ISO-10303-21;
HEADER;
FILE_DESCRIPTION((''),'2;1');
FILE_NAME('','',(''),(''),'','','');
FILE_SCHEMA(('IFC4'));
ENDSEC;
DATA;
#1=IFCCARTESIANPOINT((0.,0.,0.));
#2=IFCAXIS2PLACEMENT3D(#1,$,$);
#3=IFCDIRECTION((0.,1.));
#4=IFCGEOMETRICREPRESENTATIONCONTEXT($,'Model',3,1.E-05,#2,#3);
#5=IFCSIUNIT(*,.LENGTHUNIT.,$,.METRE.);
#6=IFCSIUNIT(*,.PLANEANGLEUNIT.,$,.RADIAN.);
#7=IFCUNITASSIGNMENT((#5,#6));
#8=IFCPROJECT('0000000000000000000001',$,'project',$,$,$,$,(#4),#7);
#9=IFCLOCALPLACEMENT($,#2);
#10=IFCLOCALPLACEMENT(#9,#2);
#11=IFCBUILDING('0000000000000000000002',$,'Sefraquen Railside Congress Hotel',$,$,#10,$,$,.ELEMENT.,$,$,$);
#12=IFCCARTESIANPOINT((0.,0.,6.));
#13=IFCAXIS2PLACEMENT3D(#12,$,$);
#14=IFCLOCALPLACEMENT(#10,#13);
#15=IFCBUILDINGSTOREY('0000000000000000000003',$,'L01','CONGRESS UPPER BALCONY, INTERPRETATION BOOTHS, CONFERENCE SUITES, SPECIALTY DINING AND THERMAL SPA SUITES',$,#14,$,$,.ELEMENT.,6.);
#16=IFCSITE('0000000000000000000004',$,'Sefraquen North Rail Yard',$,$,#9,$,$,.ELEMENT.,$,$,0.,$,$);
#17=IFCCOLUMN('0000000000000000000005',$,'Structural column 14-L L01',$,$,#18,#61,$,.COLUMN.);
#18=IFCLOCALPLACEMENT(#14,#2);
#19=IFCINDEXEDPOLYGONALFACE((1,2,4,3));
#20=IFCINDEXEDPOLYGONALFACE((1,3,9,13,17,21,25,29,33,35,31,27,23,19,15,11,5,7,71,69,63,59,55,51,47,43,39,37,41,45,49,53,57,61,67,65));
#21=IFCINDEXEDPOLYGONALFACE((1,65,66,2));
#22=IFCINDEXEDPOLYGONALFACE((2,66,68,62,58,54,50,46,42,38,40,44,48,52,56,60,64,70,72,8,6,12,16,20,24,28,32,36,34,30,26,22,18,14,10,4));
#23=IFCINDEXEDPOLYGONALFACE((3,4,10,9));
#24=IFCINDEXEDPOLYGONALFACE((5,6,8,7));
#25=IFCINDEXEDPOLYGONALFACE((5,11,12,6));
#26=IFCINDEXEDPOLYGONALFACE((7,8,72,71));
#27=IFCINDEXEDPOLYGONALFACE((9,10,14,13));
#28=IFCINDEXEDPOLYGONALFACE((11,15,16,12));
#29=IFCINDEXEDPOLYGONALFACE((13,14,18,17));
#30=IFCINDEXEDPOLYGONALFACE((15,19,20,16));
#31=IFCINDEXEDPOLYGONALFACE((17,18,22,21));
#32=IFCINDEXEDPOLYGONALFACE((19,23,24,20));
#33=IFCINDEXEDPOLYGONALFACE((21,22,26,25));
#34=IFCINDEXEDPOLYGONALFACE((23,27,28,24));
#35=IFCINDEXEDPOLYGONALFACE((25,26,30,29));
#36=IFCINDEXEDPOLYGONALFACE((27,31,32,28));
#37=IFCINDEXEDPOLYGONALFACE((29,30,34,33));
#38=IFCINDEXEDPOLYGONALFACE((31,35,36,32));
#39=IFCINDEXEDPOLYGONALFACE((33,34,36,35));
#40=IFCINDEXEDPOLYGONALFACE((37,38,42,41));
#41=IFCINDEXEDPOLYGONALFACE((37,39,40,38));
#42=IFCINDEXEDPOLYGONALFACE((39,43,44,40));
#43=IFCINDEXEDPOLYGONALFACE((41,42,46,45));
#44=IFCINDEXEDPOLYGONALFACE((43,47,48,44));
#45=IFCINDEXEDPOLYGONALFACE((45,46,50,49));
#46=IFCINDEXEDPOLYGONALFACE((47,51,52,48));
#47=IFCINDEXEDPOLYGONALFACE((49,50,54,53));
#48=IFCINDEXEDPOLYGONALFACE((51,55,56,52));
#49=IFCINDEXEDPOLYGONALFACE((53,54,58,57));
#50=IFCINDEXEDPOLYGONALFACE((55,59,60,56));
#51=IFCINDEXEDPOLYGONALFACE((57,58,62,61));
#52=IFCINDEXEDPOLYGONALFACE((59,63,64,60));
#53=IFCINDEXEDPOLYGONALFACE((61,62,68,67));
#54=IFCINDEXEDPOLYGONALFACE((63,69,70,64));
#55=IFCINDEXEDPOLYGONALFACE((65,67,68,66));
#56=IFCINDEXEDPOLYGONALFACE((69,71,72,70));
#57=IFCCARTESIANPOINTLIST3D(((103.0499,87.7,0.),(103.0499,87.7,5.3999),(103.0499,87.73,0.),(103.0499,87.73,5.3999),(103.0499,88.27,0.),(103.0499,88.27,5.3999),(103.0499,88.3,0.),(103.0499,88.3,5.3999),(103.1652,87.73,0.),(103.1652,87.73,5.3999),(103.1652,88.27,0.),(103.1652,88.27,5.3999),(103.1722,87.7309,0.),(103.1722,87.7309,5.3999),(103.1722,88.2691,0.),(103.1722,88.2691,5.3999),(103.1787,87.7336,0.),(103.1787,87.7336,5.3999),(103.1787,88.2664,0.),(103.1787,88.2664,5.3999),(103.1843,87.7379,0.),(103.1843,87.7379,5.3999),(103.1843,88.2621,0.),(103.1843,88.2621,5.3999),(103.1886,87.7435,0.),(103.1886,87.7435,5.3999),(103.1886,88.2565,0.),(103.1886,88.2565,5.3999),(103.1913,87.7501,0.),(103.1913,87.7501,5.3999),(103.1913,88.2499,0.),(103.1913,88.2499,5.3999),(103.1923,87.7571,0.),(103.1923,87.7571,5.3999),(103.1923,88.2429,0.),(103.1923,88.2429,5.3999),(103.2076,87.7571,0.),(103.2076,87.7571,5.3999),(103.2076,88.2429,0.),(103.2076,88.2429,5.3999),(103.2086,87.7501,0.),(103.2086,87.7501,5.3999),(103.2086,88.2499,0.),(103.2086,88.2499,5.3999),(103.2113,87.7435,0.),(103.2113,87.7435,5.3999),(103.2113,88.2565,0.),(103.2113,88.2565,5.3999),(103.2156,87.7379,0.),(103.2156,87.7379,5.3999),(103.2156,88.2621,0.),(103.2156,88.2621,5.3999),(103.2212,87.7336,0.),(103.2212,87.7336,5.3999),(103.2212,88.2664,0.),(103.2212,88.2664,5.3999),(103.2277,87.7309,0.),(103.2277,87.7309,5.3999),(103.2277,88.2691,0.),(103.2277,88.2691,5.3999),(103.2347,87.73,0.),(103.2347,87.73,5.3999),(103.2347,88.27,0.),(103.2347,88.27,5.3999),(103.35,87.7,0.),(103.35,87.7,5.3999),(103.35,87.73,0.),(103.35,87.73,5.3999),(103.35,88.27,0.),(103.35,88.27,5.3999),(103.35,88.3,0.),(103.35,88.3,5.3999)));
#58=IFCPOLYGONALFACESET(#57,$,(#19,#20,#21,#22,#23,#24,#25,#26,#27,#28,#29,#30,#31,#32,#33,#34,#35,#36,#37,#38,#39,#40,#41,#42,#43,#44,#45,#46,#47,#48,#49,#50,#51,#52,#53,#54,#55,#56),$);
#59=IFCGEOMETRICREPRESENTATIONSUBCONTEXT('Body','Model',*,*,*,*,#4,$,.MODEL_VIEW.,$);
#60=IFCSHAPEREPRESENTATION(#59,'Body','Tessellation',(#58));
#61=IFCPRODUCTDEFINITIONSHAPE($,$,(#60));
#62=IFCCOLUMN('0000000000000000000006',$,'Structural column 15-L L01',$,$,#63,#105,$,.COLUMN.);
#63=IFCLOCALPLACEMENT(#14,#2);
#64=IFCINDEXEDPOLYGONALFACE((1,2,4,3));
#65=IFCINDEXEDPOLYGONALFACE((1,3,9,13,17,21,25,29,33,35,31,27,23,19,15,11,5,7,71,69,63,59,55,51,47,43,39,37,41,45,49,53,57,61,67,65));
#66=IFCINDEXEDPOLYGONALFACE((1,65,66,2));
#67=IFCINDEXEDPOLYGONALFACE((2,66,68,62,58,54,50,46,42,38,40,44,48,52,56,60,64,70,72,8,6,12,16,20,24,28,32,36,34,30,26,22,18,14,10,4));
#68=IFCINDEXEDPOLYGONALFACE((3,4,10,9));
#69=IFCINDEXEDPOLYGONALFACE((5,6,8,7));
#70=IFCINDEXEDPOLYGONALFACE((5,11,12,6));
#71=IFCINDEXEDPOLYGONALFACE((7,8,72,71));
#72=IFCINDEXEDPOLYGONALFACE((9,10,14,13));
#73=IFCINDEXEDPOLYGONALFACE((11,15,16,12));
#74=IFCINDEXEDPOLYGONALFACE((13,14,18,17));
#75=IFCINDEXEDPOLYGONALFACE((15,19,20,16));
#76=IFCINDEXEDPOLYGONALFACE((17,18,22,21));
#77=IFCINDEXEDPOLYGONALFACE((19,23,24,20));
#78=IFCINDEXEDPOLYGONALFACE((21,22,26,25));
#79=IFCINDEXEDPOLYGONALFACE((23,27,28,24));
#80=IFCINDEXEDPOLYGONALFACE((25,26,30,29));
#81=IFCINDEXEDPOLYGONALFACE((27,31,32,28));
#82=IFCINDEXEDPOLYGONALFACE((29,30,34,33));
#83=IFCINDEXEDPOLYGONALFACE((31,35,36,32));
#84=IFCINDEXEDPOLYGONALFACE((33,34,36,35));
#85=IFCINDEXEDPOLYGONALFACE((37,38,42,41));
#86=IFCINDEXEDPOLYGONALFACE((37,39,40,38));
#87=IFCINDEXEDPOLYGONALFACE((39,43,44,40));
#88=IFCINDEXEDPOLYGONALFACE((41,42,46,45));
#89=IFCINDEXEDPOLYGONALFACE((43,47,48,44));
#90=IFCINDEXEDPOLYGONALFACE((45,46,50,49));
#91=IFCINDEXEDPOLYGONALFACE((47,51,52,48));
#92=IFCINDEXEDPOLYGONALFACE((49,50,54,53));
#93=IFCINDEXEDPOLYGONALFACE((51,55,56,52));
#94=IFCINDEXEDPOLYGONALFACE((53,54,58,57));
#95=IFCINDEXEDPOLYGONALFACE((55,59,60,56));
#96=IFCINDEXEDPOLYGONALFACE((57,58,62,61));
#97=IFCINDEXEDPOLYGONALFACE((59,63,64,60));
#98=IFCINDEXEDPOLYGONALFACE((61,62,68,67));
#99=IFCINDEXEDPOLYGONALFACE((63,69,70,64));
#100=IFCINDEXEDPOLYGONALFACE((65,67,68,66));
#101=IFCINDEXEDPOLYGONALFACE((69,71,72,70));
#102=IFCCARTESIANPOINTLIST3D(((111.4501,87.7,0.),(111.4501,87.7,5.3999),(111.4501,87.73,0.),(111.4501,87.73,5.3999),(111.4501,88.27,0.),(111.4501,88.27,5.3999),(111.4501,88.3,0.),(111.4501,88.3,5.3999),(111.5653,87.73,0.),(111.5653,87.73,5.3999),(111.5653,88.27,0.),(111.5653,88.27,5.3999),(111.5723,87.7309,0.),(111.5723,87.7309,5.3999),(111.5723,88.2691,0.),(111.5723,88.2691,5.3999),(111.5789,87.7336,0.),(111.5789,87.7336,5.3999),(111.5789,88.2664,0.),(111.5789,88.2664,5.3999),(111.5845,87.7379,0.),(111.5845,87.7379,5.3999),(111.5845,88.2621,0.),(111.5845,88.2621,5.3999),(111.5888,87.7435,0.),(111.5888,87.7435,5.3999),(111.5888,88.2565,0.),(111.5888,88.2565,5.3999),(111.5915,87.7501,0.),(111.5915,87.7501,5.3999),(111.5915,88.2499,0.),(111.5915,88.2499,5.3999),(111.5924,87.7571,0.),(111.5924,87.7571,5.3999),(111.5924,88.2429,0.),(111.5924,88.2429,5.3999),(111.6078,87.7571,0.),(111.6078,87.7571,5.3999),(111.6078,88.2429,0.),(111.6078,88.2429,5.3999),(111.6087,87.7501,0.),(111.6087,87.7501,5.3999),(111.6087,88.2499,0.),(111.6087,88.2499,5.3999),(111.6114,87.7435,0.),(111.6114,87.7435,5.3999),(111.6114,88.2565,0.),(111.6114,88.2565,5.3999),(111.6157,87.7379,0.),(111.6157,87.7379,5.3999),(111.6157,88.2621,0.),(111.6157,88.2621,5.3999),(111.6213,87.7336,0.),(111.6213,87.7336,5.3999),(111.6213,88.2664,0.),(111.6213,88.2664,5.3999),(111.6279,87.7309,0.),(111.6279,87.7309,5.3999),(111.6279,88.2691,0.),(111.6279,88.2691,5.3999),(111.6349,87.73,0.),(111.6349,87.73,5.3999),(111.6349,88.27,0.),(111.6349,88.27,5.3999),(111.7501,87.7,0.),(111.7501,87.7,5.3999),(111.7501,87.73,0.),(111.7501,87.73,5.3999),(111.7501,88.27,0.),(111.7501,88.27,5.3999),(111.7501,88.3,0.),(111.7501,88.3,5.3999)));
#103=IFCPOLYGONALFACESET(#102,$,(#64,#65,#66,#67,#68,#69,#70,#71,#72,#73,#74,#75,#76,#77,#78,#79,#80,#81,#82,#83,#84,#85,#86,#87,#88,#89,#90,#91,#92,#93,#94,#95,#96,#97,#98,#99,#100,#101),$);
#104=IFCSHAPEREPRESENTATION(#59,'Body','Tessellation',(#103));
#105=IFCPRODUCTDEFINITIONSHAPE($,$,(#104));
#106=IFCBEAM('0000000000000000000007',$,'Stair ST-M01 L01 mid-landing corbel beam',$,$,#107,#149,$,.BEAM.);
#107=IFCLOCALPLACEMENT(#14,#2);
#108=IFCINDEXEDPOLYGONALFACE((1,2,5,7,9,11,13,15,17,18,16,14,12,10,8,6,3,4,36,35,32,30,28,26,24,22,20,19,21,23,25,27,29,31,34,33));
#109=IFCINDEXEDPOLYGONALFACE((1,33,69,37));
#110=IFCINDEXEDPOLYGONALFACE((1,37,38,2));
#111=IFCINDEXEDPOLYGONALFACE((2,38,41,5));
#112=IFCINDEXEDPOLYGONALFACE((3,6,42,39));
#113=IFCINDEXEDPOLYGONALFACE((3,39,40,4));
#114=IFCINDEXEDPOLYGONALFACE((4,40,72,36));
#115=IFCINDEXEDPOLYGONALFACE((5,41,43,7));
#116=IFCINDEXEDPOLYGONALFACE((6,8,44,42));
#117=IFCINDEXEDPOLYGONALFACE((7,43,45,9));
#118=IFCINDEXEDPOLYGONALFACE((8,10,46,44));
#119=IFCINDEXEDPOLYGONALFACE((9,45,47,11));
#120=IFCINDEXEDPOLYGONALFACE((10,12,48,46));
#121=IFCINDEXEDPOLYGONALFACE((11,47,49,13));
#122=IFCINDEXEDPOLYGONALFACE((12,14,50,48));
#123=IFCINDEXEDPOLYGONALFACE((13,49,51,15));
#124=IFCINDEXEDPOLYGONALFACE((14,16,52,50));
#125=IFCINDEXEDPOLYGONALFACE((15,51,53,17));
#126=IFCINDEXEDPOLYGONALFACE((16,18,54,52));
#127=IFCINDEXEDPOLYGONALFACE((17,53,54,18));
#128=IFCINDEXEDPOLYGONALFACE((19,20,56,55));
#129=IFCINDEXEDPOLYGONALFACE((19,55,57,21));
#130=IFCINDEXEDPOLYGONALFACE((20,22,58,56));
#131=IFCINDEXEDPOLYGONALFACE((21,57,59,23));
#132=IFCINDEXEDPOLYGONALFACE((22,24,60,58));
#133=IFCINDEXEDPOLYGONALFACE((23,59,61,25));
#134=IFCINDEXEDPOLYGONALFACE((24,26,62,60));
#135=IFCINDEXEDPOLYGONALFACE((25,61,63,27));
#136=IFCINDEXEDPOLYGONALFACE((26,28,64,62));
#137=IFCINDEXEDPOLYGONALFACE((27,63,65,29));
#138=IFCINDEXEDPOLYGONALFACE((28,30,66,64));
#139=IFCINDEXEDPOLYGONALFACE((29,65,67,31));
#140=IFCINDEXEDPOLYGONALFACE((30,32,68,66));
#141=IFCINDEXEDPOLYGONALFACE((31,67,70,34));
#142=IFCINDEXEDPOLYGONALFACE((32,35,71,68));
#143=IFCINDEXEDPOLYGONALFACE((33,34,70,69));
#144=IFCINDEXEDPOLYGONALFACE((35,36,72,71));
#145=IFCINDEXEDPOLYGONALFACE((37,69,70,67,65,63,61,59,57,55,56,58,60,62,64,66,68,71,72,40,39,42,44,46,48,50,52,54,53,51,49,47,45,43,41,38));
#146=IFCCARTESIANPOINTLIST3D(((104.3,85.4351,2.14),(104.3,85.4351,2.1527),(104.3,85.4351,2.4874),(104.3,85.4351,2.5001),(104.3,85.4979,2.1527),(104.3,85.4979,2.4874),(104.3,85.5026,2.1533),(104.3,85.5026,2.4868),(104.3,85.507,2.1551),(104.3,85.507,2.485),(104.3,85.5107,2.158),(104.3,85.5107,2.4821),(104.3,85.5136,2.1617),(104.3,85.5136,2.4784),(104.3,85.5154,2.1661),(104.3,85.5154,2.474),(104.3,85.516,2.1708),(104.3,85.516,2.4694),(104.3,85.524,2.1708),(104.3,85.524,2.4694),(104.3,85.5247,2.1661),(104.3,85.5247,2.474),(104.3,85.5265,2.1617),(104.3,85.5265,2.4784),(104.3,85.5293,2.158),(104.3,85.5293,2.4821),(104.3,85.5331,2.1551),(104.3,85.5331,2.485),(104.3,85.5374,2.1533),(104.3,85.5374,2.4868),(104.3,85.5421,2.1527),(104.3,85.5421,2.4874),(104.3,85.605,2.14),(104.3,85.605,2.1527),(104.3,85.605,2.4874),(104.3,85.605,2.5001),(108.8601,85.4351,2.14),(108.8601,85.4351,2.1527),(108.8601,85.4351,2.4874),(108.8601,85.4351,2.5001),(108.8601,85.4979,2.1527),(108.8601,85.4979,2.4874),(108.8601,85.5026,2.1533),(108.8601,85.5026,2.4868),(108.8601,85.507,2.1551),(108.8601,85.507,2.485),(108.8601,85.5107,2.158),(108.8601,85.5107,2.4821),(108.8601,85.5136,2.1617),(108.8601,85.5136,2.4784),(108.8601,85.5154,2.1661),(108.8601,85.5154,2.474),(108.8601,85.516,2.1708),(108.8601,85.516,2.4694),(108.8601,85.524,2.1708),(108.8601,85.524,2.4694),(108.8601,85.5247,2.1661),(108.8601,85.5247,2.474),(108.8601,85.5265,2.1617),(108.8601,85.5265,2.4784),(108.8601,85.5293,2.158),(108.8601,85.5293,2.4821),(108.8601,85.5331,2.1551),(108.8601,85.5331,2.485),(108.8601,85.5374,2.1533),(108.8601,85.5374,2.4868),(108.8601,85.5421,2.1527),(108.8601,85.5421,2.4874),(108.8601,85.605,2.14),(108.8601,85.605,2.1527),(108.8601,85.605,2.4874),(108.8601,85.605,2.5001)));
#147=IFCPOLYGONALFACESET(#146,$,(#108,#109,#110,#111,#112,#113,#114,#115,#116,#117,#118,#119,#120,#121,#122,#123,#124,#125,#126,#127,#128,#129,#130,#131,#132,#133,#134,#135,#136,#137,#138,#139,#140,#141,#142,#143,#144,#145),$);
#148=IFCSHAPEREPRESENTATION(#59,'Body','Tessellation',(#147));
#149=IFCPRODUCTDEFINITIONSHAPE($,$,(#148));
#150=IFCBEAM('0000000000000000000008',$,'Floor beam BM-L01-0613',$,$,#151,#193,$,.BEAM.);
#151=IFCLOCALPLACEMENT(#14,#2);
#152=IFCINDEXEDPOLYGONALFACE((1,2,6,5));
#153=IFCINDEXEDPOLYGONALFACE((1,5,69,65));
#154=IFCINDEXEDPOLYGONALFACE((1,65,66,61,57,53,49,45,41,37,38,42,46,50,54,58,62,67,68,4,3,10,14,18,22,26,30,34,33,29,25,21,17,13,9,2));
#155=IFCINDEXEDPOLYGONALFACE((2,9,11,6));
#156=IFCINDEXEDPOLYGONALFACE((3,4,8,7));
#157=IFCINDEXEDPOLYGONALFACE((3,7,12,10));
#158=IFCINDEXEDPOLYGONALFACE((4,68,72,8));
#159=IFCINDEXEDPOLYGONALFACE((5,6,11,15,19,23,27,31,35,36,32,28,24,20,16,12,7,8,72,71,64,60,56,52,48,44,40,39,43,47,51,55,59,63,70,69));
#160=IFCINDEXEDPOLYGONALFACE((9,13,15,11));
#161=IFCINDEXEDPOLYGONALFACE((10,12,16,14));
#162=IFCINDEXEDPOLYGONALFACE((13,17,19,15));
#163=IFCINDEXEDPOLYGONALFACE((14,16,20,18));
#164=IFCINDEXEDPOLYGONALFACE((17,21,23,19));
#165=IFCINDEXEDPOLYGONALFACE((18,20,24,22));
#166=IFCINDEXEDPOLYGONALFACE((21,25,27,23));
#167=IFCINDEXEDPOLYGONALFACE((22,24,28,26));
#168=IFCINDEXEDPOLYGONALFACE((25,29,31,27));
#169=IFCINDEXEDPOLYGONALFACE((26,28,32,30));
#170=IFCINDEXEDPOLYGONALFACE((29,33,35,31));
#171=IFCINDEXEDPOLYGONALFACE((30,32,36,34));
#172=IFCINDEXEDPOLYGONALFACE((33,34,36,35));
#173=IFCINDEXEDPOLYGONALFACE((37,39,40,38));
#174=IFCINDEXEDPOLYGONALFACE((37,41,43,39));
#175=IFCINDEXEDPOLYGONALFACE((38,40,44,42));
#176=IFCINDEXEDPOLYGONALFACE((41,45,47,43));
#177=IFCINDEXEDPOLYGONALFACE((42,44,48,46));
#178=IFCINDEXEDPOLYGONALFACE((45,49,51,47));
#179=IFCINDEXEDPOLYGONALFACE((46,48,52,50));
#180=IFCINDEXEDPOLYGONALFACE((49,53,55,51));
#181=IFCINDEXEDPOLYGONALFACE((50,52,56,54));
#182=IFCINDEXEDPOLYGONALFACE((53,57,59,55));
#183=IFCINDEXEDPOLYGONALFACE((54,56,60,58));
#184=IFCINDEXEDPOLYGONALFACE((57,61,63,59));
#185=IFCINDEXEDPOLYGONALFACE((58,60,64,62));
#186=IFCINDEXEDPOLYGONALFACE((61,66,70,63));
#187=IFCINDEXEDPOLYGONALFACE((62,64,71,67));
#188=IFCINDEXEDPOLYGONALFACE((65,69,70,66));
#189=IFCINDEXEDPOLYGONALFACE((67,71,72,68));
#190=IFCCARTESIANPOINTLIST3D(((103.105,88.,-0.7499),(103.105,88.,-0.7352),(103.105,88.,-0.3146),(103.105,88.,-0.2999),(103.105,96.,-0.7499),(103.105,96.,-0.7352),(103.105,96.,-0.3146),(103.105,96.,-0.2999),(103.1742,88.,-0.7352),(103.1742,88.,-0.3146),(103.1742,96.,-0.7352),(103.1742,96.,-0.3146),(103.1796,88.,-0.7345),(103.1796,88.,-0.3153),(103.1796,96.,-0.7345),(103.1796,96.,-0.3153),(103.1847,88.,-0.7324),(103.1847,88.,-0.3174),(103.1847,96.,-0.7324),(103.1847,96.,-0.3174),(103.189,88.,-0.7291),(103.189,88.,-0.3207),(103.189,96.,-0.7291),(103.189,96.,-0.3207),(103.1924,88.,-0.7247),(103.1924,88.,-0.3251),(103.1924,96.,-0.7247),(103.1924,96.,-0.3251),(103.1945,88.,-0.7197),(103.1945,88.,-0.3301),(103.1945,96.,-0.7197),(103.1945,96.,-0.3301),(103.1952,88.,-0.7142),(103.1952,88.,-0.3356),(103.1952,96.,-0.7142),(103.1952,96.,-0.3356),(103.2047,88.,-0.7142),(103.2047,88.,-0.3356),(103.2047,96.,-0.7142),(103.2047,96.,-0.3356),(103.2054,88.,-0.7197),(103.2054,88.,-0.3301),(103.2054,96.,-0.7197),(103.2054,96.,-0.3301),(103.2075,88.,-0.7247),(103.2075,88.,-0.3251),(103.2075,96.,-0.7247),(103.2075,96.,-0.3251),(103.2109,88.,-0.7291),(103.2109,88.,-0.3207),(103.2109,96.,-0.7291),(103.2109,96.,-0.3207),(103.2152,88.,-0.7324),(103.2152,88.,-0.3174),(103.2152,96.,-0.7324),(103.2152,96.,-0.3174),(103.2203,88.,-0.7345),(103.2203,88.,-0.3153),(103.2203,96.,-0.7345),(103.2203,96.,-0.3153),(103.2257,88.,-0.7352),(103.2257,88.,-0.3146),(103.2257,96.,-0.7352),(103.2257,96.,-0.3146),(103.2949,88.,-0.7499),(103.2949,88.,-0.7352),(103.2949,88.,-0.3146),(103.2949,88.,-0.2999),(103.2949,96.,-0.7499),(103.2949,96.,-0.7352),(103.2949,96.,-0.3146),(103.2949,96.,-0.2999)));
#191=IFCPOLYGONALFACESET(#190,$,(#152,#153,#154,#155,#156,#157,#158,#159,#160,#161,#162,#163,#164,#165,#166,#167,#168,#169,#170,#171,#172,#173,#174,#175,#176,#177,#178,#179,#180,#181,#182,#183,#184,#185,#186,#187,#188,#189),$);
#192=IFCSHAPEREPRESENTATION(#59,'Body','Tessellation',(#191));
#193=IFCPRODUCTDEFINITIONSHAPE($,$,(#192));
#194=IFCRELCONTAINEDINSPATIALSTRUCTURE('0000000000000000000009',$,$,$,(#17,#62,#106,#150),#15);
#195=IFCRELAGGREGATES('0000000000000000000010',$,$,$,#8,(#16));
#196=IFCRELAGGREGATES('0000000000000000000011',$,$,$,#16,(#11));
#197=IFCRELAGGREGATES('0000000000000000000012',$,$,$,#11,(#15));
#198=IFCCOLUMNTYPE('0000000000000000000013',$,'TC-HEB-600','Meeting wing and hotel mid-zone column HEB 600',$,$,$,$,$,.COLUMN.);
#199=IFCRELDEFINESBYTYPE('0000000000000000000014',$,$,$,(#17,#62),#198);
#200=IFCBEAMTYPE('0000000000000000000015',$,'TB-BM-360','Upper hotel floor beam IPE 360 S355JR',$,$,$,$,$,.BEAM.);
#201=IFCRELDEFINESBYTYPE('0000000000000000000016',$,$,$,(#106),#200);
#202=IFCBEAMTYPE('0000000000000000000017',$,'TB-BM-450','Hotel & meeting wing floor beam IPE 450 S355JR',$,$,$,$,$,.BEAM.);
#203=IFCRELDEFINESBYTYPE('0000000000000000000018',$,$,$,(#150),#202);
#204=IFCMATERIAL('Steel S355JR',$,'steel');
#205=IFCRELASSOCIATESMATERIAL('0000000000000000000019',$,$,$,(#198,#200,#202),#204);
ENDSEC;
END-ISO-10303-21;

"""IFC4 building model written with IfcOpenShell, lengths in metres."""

from ifc_helpers import new_model, si_unit, direction, frame, origin, origin_2d, place, context, subcontext, project, spatial, i_section, extrude, material, material_profile, profile_set, type_object, element, save


model = new_model("IFC4")

# Units and contexts
model_context = context("Model", 3, precision=1e-05, world=origin(), true_north=direction((0.0, 1.0)))
body_context = subcontext(model_context, "Body", "Model", "MODEL_VIEW")
ifc_project = project(units=[si_unit("LENGTHUNIT", "METRE"), si_unit("PLANEANGLEUNIT", "RADIAN")], contexts=[model_context])

# Site, building, storey
site_placement = place(None, origin())
site = spatial("IfcSite", under=ifc_project, at=site_placement, Name="Sefraquen North Rail Yard", CompositionType="ELEMENT", RefElevation=0.0)
building_placement = place(site_placement, origin())
building = spatial("IfcBuilding", under=site, at=building_placement, Name="Sefraquen Railside Congress Hotel", CompositionType="ELEMENT")
storey_placement = place(building_placement, frame((0.0, 0.0, 6.0)))
storey = spatial("IfcBuildingStorey", under=building, at=storey_placement, Name="L01", Description="CONGRESS UPPER BALCONY, INTERPRETATION BOOTHS, CONFERENCE SUITES, SPECIALTY DINING AND THERMAL SPA SUITES", CompositionType="ELEMENT", Elevation=6.0)

# Columns
ifc_material_1 = material(Name="Steel S355JR", Category="steel")
ifc_material_profile_1 = material_profile(ifc_material_1, i_section(OverallWidth=0.3, OverallDepth=0.6001, WebThickness=0.0154, FlangeThickness=0.03, FilletRadius=0.0271, at=origin_2d()), Name="HEB 600")
ifc_profile_set_1 = profile_set([ifc_material_profile_1], Name="Steel S355JR")
column_type = type_object("IfcColumnType", Name="TC-HEB-600", Description="Meeting wing and hotel mid-zone column HEB 600", PredefinedType="COLUMN", material=ifc_profile_set_1)
for number, where, z_axis, x_axis, name in (
    (1, (103.2, 88.0, 0.0), (0.0, 0.0, 1.0), (1.0, 0.0, 0.0), "Structural column 14-L L01"),
    (2, (111.6001, 88.0, 0.0), (0.0, 0.0, 1.0), (1.0, 0.0, 0.0), "Structural column 15-L L01"),
):
    element("IfcColumn", number, at=place(storey_placement, frame(where, z_axis=z_axis, x_axis=x_axis)), inside=storey, type_object=column_type, Name=name, PredefinedType="COLUMN", context=body_context, shape_type="SweptSolid", body=[
        extrude(i_section(OverallWidth=0.3, OverallDepth=0.6001, WebThickness=0.0154, FlangeThickness=0.03, FilletRadius=0.0271, at=origin_2d()), origin(), (0.0, 0.0, 1.0), 5.3999),
    ])

# Beams
ifc_material_profile_2 = material_profile(ifc_material_1, i_section(OverallWidth=0.1699, OverallDepth=0.3601, WebThickness=0.0081, FlangeThickness=0.0127, FilletRadius=0.0181, at=origin_2d()), Name="IPE 360")
ifc_profile_set_2 = profile_set([ifc_material_profile_2], Name="Steel S355JR")
beam_type_1 = type_object("IfcBeamType", Name="TB-BM-360", Description="Upper hotel floor beam IPE 360 S355JR", PredefinedType="BEAM", material=ifc_profile_set_2)
beam_1_placement = place(storey_placement, frame((104.3, 85.52, 2.3201), z_axis=(1.0, 0.0, 0.0), x_axis=(0.0, 1.0, 0.0)))
element("IfcBeam", 3, at=beam_1_placement, inside=storey, type_object=beam_type_1, Name="Stair ST-M01 L01 mid-landing corbel beam", PredefinedType="BEAM", context=body_context, shape_type="SweptSolid", body=[
    extrude(i_section(OverallWidth=0.1699, OverallDepth=0.3601, WebThickness=0.0081, FlangeThickness=0.0127, FilletRadius=0.0181, at=origin_2d()), origin(), (0.0, 0.0, 1.0), 4.5601),
])
ifc_material_profile_3 = material_profile(ifc_material_1, i_section(OverallWidth=0.1899, OverallDepth=0.45, WebThickness=0.0095, FlangeThickness=0.0146, FilletRadius=0.021, at=origin_2d()), Name="IPE 450")
ifc_profile_set_3 = profile_set([ifc_material_profile_3], Name="Steel S355JR")
beam_type_2 = type_object("IfcBeamType", Name="TB-BM-450", Description="Hotel & meeting wing floor beam IPE 450 S355JR", PredefinedType="BEAM", material=ifc_profile_set_3)
for number, where, z_axis, x_axis, name in (
    (4, (103.2, 88.0, -0.5249), (0.0, 1.0, 0.0), (-1.0, 0.0, 0.0), "Floor beam BM-L01-0613"),
):
    element("IfcBeam", number, at=place(storey_placement, frame(where, z_axis=z_axis, x_axis=x_axis)), inside=storey, type_object=beam_type_2, Name=name, PredefinedType="BEAM", context=body_context, shape_type="SweptSolid", body=[
        extrude(i_section(OverallWidth=0.1899, OverallDepth=0.45, WebThickness=0.0095, FlangeThickness=0.0146, FilletRadius=0.021, at=origin_2d()), origin(), (0.0, 0.0, 1.0), 8.0),
    ])

save(model, "model.ifc")
